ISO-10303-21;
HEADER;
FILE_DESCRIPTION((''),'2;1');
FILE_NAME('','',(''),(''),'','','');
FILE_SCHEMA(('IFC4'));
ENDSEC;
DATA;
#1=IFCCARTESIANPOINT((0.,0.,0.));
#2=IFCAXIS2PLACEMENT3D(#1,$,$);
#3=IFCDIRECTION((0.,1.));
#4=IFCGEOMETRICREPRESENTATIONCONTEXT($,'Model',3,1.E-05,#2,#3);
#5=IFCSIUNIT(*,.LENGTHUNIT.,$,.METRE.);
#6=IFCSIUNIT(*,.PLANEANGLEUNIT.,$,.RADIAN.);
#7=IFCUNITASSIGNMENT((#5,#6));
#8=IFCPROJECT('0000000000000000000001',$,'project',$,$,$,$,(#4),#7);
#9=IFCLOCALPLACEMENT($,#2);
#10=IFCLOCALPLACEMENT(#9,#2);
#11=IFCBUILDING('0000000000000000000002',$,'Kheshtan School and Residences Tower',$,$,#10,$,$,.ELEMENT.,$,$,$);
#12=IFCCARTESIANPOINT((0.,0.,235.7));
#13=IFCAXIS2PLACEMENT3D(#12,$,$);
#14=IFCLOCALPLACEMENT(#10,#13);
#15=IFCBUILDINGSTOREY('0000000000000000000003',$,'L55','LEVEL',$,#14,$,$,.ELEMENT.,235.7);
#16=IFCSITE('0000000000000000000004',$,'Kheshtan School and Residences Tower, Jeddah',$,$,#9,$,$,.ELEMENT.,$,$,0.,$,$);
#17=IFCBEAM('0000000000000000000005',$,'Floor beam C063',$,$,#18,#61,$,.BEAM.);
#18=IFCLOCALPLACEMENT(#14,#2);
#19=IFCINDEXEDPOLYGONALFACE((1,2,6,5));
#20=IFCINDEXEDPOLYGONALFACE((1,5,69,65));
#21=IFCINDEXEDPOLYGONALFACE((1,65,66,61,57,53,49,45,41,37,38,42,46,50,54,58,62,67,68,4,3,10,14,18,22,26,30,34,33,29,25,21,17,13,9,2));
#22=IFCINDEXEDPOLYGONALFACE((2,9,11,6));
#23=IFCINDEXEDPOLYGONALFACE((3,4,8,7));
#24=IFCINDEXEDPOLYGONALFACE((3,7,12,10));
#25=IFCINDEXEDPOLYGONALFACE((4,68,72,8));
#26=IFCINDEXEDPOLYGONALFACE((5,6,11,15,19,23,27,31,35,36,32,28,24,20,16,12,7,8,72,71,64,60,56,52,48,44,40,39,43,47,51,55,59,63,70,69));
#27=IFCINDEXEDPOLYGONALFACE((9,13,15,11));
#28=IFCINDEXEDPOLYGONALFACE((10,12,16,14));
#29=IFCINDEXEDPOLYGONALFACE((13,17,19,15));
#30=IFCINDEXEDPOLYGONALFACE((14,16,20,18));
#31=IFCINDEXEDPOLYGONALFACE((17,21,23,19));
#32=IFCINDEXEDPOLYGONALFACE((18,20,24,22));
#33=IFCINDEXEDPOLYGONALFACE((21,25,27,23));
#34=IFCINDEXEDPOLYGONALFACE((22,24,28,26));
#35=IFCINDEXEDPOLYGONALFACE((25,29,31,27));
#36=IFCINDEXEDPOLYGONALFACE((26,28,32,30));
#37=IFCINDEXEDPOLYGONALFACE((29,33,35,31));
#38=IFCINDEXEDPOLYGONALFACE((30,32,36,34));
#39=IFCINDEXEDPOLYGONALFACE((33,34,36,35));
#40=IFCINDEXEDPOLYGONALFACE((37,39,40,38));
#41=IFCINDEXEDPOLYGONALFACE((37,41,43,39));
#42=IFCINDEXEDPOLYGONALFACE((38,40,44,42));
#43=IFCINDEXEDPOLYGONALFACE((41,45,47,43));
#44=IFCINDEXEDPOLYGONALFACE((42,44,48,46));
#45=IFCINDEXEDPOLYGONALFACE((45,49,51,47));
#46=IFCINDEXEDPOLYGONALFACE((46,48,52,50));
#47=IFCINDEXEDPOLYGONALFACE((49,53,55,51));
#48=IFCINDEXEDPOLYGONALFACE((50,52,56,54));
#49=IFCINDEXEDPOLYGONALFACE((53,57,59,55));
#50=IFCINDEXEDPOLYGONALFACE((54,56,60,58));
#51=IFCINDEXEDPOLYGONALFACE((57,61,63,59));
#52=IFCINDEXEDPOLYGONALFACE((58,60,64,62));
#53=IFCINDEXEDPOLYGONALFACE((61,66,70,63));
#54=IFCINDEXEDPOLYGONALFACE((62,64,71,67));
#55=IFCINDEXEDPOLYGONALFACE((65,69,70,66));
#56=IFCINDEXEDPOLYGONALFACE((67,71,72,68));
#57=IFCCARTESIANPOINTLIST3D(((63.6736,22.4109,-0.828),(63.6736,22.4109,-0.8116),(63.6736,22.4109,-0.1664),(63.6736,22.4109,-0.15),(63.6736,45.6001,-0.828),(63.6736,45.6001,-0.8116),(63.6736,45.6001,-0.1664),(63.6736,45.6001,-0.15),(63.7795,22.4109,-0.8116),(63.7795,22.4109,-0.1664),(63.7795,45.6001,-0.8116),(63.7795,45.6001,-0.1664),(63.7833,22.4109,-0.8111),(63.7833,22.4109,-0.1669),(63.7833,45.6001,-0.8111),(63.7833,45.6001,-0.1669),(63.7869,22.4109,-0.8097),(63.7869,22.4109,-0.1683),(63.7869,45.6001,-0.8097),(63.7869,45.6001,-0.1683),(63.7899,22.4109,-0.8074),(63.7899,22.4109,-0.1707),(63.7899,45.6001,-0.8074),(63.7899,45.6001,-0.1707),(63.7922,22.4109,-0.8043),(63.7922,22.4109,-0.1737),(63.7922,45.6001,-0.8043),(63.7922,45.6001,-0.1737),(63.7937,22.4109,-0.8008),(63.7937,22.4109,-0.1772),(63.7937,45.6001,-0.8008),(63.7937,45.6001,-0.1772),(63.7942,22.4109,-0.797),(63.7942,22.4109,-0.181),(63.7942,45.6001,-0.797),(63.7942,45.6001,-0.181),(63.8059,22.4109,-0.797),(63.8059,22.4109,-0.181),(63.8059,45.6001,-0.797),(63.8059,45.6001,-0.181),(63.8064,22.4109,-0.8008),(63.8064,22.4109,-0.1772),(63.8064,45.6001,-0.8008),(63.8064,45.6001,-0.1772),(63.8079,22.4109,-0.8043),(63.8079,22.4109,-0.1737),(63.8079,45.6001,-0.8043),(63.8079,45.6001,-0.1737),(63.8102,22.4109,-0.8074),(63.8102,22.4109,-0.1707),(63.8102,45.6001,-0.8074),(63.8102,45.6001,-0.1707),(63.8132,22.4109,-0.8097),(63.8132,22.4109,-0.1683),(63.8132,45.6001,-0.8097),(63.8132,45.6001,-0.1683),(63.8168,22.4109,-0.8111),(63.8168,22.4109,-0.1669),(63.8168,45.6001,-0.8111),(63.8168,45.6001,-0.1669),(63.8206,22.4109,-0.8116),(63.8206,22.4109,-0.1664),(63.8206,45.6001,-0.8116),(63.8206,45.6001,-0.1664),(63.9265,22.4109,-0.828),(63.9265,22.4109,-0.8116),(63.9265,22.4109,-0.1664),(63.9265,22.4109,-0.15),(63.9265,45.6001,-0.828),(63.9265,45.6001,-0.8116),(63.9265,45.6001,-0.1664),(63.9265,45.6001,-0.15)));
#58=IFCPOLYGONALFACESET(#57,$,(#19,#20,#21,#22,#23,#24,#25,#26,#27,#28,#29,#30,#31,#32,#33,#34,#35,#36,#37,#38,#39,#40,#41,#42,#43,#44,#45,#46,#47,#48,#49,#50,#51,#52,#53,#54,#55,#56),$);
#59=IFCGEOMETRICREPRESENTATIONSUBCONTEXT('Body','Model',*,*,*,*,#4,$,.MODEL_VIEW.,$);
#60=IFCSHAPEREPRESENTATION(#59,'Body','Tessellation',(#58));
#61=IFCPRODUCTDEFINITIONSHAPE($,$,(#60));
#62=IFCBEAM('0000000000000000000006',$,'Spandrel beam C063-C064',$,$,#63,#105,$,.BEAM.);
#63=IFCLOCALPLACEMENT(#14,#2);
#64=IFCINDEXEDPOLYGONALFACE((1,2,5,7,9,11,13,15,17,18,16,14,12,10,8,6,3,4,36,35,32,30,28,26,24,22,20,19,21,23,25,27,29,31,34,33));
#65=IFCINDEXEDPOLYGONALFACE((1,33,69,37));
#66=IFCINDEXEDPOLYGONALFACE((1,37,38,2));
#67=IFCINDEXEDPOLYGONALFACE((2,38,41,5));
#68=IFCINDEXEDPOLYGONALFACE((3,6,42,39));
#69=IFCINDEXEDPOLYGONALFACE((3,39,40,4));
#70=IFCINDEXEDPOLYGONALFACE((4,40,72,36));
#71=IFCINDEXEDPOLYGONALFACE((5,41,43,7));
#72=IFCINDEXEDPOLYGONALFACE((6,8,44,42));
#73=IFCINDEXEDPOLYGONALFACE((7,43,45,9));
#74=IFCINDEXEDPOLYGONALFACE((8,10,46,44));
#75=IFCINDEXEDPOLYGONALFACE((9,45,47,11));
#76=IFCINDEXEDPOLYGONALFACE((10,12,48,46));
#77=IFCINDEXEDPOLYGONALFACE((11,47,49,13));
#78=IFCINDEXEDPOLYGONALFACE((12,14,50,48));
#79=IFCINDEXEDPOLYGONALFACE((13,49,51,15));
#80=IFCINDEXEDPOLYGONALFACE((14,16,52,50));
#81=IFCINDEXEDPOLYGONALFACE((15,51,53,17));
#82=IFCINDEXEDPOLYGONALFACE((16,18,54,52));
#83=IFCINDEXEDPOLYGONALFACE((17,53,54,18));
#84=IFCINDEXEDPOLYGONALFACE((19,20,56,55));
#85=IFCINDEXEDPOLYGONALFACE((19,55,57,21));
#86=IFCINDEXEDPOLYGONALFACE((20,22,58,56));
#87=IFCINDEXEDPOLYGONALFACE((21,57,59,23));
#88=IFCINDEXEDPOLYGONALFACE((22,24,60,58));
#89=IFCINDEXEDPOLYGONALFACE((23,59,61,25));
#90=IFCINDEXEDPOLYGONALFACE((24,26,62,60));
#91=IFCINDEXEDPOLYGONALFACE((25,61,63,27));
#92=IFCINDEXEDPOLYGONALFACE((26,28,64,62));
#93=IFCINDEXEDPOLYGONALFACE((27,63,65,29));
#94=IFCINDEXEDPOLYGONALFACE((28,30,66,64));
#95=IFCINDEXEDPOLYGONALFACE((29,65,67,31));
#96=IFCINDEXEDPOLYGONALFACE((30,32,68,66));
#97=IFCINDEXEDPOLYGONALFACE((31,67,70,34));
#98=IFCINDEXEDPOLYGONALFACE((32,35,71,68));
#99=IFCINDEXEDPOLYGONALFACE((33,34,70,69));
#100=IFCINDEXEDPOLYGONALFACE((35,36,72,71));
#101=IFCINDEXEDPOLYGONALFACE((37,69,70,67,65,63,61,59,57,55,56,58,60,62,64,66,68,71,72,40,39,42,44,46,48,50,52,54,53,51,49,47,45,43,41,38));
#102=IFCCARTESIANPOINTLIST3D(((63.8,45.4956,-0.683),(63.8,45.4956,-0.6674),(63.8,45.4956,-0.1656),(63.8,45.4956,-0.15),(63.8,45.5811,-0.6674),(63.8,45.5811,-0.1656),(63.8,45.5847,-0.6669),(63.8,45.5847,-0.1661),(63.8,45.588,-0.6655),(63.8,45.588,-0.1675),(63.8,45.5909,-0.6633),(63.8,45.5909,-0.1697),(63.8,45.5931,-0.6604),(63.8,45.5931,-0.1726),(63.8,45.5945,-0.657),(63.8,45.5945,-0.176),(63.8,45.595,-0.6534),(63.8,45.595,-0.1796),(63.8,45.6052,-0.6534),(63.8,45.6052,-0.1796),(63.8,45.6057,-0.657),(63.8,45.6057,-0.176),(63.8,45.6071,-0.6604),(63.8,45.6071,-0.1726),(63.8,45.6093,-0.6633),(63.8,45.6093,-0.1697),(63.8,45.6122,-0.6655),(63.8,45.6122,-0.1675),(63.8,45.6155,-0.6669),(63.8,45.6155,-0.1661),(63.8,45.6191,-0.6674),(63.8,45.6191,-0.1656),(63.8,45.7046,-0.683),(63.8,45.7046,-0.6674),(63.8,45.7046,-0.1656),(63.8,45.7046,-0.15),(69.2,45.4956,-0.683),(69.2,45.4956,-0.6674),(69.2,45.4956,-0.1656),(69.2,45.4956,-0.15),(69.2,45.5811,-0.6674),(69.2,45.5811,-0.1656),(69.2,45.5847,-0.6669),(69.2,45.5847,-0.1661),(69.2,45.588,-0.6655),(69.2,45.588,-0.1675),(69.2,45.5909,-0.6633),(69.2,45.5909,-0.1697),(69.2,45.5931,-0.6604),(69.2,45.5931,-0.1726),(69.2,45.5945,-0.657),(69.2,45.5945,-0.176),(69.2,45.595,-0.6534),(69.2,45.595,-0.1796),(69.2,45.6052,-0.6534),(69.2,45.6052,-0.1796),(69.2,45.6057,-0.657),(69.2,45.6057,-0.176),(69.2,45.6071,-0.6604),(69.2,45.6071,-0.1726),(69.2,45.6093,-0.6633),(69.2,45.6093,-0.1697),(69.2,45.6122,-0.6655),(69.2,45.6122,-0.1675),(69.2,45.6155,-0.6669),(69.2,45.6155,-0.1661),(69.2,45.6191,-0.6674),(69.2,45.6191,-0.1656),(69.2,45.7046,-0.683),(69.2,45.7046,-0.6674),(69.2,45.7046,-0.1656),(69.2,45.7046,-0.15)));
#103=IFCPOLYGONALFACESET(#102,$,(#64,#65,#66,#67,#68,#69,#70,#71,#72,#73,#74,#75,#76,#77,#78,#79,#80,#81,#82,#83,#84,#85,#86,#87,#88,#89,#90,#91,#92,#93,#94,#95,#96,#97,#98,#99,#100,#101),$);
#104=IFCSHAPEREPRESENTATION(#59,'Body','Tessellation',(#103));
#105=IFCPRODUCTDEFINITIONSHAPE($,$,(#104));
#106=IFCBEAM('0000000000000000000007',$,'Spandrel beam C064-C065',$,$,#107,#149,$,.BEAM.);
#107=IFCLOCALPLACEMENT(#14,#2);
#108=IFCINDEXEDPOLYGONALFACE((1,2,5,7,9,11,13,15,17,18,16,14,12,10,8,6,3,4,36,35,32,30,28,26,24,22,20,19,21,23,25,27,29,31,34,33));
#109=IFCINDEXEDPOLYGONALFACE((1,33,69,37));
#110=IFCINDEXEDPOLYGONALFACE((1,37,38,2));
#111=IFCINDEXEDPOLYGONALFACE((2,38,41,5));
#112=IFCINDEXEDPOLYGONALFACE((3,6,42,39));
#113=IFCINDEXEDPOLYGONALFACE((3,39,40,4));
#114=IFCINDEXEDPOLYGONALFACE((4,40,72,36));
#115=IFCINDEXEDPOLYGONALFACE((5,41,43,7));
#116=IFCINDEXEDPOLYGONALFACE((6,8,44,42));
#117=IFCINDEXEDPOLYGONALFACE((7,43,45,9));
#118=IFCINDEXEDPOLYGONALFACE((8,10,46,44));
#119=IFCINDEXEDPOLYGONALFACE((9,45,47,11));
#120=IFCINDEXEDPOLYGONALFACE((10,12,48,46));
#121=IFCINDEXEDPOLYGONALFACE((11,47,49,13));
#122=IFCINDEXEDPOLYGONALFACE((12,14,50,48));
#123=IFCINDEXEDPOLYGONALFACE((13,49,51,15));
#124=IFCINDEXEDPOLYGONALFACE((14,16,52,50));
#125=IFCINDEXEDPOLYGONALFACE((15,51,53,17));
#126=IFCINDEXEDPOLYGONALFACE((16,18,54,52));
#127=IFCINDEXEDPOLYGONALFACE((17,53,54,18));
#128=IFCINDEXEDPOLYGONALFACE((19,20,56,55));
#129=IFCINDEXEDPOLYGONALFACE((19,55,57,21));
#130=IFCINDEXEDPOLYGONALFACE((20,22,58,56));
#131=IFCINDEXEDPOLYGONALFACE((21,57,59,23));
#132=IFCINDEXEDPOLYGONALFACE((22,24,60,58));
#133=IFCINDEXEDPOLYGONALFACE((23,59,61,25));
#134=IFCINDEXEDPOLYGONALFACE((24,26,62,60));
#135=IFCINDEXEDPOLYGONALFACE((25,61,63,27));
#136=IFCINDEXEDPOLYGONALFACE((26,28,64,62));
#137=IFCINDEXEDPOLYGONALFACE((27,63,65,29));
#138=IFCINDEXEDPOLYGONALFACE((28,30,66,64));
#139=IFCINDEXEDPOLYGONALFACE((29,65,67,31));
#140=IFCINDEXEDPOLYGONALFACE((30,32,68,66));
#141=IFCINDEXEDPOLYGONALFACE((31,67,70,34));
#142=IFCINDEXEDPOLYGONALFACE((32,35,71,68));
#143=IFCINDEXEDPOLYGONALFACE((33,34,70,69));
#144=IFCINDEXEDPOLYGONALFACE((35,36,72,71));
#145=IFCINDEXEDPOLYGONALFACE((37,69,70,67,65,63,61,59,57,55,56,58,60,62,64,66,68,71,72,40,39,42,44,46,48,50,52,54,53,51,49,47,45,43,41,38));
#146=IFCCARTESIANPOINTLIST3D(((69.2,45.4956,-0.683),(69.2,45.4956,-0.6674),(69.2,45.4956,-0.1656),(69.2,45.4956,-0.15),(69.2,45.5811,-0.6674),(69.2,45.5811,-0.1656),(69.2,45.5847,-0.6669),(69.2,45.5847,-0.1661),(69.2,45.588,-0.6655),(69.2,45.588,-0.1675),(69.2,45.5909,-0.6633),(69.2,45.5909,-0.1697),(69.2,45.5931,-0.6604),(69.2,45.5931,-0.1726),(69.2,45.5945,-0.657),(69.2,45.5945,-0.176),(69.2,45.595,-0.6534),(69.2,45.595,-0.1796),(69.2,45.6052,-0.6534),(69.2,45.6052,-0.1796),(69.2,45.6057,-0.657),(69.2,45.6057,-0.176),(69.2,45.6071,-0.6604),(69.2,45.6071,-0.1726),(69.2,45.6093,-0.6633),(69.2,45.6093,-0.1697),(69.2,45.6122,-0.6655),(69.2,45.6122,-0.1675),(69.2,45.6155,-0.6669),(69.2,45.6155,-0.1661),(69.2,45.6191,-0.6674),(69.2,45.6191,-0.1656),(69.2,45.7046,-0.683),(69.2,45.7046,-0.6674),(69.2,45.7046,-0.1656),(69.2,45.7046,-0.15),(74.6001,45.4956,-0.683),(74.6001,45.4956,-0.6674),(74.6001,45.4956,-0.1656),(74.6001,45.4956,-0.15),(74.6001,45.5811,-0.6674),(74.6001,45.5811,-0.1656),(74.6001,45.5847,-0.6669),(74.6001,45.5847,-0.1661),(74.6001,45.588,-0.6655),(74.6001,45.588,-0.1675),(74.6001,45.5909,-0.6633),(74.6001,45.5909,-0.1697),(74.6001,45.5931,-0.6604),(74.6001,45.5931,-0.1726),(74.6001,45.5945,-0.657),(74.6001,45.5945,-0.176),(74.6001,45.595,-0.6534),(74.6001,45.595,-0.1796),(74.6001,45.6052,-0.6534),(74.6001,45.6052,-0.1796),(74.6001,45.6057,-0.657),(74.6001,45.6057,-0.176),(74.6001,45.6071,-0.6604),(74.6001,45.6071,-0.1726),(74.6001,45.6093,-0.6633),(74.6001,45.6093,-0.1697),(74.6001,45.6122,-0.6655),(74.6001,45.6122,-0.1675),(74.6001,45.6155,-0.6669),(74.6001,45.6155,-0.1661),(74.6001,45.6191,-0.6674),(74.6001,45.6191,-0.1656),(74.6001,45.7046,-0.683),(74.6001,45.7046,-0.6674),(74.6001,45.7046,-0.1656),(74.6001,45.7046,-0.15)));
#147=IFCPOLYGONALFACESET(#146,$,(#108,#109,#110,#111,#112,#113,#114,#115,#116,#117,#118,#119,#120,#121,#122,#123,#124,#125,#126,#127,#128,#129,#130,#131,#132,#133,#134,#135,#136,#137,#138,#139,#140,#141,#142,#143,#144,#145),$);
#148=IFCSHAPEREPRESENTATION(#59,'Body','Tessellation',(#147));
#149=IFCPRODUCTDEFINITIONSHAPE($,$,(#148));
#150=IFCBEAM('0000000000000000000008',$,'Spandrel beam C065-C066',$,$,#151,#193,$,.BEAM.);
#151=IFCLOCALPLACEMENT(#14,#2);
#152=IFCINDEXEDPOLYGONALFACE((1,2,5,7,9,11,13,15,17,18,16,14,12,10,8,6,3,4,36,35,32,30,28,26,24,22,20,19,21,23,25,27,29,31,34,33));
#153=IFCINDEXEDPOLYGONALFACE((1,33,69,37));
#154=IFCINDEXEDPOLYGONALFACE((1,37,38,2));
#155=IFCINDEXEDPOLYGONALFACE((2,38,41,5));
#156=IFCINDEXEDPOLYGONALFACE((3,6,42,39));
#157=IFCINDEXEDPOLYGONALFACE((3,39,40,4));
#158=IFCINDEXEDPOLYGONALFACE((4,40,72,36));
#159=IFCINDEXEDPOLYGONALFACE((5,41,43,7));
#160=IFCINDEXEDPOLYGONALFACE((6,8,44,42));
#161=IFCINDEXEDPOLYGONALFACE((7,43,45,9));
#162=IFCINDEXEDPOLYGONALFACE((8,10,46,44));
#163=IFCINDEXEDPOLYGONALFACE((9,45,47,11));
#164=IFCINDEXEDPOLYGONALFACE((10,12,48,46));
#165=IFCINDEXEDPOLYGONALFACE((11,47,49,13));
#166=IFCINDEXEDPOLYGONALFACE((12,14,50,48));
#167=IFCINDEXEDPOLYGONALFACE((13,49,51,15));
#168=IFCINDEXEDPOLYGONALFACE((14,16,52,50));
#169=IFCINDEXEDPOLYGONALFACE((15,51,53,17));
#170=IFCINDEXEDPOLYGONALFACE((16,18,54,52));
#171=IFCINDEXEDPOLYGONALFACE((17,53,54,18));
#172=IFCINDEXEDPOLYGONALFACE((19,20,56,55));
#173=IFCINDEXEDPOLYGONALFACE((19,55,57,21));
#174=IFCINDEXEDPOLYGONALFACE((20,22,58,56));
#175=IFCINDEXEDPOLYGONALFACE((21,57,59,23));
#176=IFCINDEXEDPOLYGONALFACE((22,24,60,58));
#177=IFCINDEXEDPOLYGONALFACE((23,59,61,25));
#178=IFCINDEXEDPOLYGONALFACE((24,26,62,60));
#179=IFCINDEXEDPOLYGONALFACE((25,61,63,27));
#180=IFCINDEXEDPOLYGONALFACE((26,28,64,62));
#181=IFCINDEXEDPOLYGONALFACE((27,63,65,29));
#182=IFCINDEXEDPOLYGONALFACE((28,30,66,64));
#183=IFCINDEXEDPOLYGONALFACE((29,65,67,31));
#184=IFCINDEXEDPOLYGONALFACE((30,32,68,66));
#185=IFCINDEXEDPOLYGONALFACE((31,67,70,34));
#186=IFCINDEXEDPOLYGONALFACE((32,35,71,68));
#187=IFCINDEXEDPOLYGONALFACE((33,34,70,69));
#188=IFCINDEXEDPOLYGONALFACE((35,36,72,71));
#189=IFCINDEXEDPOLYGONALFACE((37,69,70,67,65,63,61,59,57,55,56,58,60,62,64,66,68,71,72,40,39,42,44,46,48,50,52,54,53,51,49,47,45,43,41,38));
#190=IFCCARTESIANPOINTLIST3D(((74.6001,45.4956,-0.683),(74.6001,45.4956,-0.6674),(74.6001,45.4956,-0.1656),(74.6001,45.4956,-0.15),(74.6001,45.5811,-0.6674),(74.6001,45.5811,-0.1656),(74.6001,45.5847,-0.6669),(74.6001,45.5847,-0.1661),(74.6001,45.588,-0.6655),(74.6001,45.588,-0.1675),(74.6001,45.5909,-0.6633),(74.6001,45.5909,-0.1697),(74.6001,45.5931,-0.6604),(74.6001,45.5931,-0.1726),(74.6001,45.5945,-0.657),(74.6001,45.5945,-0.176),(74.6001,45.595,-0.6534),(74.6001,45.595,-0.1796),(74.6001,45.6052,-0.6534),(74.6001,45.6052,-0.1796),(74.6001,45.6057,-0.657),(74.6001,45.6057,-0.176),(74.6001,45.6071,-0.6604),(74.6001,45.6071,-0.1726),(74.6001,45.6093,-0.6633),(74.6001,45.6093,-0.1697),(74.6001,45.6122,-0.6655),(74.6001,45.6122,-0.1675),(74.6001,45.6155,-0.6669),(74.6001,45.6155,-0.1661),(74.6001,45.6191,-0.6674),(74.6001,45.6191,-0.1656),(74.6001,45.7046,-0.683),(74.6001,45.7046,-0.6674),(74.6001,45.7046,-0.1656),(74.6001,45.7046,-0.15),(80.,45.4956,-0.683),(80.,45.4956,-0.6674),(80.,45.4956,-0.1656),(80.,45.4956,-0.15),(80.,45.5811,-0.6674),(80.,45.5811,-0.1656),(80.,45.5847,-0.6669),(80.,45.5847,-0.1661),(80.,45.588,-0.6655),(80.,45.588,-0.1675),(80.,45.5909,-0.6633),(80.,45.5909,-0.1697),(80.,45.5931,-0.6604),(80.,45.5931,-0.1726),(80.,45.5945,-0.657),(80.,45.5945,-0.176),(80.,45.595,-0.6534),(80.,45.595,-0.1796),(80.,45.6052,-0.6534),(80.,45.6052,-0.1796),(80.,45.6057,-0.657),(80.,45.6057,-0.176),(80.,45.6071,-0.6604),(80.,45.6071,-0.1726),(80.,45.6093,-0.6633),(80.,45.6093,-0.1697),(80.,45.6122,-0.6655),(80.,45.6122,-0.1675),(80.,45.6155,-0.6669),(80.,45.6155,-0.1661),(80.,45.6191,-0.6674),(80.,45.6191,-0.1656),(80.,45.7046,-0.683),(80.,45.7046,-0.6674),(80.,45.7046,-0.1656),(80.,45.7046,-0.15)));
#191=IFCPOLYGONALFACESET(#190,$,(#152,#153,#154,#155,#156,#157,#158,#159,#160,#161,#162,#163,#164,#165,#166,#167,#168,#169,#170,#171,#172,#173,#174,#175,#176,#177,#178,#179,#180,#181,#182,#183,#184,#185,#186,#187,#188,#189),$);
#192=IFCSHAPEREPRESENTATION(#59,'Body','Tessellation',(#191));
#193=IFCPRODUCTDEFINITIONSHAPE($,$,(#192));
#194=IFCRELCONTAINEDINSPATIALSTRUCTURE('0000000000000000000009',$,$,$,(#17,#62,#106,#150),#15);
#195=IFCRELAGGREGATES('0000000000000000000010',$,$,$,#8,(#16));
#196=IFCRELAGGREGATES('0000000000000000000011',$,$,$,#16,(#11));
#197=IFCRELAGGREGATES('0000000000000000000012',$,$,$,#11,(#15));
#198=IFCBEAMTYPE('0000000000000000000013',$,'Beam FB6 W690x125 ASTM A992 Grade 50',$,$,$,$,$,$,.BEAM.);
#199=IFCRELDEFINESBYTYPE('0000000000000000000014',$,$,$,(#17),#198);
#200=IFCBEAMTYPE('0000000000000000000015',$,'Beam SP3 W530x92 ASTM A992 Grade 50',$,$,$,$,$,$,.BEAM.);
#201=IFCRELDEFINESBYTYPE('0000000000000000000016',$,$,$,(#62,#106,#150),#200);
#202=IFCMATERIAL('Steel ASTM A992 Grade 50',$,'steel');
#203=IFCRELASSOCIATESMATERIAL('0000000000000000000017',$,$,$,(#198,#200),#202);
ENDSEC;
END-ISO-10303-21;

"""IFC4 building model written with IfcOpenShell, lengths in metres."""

from ifc_helpers import new_model, si_unit, direction, frame, origin, origin_2d, place, context, subcontext, project, spatial, i_section, extrude, material, material_profile, profile_set, type_object, element, save


model = new_model("IFC4")

# Units and contexts
model_context = context("Model", 3, precision=1e-05, world=origin(), true_north=direction((0.0, 1.0)))
body_context = subcontext(model_context, "Body", "Model", "MODEL_VIEW")
ifc_project = project(units=[si_unit("LENGTHUNIT", "METRE"), si_unit("PLANEANGLEUNIT", "RADIAN")], contexts=[model_context])

# Site, building, storey
site_placement = place(None, origin())
site = spatial("IfcSite", under=ifc_project, at=site_placement, Name="Kheshtan School and Residences Tower, Jeddah", CompositionType="ELEMENT", RefElevation=0.0)
building_placement = place(site_placement, origin())
building = spatial("IfcBuilding", under=site, at=building_placement, Name="Kheshtan School and Residences Tower", CompositionType="ELEMENT")
storey_placement = place(building_placement, frame((0.0, 0.0, 235.7)))
storey = spatial("IfcBuildingStorey", under=building, at=storey_placement, Name="L55", Description="LEVEL", CompositionType="ELEMENT", Elevation=235.7)

# Shared definitions
ifc_material_1 = material(Name="Steel ASTM A992 Grade 50", Category="steel")

# Beams
ifc_material_profile_1 = material_profile(ifc_material_1, i_section(OverallWidth=0.2529, OverallDepth=0.678, WebThickness=0.0117, FlangeThickness=0.0164, FilletRadius=0.0146, at=origin_2d()), Name="W690x125")
ifc_profile_set_1 = profile_set([ifc_material_profile_1], Name="Steel ASTM A992 Grade 50")
beam_type_1 = type_object("IfcBeamType", Name="Beam FB6 W690x125 ASTM A992 Grade 50", PredefinedType="BEAM", material=ifc_profile_set_1)
beam_1_placement = place(storey_placement, frame((63.8, 45.6001, -0.489), z_axis=(0.0, -1.0, 0.0), x_axis=(1.0, 0.0, 0.0)))
element("IfcBeam", 1, at=beam_1_placement, inside=storey, type_object=beam_type_1, Name="Floor beam C063", PredefinedType="BEAM", context=body_context, shape_type="SweptSolid", body=[
    extrude(i_section(OverallWidth=0.2529, OverallDepth=0.678, WebThickness=0.0117, FlangeThickness=0.0164, FilletRadius=0.0146, at=origin_2d()), origin(), (0.0, 0.0, 1.0), 23.1892),
])
ifc_material_profile_2 = material_profile(ifc_material_1, i_section(OverallWidth=0.209, OverallDepth=0.533, WebThickness=0.0103, FlangeThickness=0.0156, FilletRadius=0.0139, at=origin_2d()), Name="W530x92")
ifc_profile_set_2 = profile_set([ifc_material_profile_2], Name="Steel ASTM A992 Grade 50")
beam_type_2 = type_object("IfcBeamType", Name="Beam SP3 W530x92 ASTM A992 Grade 50", PredefinedType="BEAM", material=ifc_profile_set_2)
beam_2_placement = place(storey_placement, frame((63.8, 45.6001, -0.4165), z_axis=(1.0, 0.0, 0.0), x_axis=(0.0, 1.0, 0.0)))
element("IfcBeam", 2, at=beam_2_placement, inside=storey, type_object=beam_type_2, Name="Spandrel beam C063-C064", PredefinedType="BEAM", context=body_context, shape_type="SweptSolid", body=[
    extrude(i_section(OverallWidth=0.209, OverallDepth=0.533, WebThickness=0.0103, FlangeThickness=0.0156, FilletRadius=0.0139, at=origin_2d()), origin(), (0.0, 0.0, 1.0), 5.3999),
])
beam_3_placement = place(storey_placement, frame((69.2, 45.6001, -0.4165), z_axis=(1.0, 0.0, 0.0), x_axis=(0.0, 1.0, 0.0)))
element("IfcBeam", 3, at=beam_3_placement, inside=storey, type_object=beam_type_2, Name="Spandrel beam C064-C065", PredefinedType="BEAM", context=body_context, shape_type="SweptSolid", body=[
    extrude(i_section(OverallWidth=0.209, OverallDepth=0.533, WebThickness=0.0103, FlangeThickness=0.0156, FilletRadius=0.0139, at=origin_2d()), origin(), (0.0, 0.0, 1.0), 5.4001),
])
beam_4_placement = place(storey_placement, frame((74.6001, 45.6001, -0.4165), z_axis=(1.0, 0.0, 0.0), x_axis=(0.0, 1.0, 0.0)))
element("IfcBeam", 4, at=beam_4_placement, inside=storey, type_object=beam_type_2, Name="Spandrel beam C065-C066", PredefinedType="BEAM", context=body_context, shape_type="SweptSolid", body=[
    extrude(i_section(OverallWidth=0.209, OverallDepth=0.533, WebThickness=0.0103, FlangeThickness=0.0156, FilletRadius=0.0139, at=origin_2d()), origin(), (0.0, 0.0, 1.0), 5.3999),
])

save(model, "model.ifc")
